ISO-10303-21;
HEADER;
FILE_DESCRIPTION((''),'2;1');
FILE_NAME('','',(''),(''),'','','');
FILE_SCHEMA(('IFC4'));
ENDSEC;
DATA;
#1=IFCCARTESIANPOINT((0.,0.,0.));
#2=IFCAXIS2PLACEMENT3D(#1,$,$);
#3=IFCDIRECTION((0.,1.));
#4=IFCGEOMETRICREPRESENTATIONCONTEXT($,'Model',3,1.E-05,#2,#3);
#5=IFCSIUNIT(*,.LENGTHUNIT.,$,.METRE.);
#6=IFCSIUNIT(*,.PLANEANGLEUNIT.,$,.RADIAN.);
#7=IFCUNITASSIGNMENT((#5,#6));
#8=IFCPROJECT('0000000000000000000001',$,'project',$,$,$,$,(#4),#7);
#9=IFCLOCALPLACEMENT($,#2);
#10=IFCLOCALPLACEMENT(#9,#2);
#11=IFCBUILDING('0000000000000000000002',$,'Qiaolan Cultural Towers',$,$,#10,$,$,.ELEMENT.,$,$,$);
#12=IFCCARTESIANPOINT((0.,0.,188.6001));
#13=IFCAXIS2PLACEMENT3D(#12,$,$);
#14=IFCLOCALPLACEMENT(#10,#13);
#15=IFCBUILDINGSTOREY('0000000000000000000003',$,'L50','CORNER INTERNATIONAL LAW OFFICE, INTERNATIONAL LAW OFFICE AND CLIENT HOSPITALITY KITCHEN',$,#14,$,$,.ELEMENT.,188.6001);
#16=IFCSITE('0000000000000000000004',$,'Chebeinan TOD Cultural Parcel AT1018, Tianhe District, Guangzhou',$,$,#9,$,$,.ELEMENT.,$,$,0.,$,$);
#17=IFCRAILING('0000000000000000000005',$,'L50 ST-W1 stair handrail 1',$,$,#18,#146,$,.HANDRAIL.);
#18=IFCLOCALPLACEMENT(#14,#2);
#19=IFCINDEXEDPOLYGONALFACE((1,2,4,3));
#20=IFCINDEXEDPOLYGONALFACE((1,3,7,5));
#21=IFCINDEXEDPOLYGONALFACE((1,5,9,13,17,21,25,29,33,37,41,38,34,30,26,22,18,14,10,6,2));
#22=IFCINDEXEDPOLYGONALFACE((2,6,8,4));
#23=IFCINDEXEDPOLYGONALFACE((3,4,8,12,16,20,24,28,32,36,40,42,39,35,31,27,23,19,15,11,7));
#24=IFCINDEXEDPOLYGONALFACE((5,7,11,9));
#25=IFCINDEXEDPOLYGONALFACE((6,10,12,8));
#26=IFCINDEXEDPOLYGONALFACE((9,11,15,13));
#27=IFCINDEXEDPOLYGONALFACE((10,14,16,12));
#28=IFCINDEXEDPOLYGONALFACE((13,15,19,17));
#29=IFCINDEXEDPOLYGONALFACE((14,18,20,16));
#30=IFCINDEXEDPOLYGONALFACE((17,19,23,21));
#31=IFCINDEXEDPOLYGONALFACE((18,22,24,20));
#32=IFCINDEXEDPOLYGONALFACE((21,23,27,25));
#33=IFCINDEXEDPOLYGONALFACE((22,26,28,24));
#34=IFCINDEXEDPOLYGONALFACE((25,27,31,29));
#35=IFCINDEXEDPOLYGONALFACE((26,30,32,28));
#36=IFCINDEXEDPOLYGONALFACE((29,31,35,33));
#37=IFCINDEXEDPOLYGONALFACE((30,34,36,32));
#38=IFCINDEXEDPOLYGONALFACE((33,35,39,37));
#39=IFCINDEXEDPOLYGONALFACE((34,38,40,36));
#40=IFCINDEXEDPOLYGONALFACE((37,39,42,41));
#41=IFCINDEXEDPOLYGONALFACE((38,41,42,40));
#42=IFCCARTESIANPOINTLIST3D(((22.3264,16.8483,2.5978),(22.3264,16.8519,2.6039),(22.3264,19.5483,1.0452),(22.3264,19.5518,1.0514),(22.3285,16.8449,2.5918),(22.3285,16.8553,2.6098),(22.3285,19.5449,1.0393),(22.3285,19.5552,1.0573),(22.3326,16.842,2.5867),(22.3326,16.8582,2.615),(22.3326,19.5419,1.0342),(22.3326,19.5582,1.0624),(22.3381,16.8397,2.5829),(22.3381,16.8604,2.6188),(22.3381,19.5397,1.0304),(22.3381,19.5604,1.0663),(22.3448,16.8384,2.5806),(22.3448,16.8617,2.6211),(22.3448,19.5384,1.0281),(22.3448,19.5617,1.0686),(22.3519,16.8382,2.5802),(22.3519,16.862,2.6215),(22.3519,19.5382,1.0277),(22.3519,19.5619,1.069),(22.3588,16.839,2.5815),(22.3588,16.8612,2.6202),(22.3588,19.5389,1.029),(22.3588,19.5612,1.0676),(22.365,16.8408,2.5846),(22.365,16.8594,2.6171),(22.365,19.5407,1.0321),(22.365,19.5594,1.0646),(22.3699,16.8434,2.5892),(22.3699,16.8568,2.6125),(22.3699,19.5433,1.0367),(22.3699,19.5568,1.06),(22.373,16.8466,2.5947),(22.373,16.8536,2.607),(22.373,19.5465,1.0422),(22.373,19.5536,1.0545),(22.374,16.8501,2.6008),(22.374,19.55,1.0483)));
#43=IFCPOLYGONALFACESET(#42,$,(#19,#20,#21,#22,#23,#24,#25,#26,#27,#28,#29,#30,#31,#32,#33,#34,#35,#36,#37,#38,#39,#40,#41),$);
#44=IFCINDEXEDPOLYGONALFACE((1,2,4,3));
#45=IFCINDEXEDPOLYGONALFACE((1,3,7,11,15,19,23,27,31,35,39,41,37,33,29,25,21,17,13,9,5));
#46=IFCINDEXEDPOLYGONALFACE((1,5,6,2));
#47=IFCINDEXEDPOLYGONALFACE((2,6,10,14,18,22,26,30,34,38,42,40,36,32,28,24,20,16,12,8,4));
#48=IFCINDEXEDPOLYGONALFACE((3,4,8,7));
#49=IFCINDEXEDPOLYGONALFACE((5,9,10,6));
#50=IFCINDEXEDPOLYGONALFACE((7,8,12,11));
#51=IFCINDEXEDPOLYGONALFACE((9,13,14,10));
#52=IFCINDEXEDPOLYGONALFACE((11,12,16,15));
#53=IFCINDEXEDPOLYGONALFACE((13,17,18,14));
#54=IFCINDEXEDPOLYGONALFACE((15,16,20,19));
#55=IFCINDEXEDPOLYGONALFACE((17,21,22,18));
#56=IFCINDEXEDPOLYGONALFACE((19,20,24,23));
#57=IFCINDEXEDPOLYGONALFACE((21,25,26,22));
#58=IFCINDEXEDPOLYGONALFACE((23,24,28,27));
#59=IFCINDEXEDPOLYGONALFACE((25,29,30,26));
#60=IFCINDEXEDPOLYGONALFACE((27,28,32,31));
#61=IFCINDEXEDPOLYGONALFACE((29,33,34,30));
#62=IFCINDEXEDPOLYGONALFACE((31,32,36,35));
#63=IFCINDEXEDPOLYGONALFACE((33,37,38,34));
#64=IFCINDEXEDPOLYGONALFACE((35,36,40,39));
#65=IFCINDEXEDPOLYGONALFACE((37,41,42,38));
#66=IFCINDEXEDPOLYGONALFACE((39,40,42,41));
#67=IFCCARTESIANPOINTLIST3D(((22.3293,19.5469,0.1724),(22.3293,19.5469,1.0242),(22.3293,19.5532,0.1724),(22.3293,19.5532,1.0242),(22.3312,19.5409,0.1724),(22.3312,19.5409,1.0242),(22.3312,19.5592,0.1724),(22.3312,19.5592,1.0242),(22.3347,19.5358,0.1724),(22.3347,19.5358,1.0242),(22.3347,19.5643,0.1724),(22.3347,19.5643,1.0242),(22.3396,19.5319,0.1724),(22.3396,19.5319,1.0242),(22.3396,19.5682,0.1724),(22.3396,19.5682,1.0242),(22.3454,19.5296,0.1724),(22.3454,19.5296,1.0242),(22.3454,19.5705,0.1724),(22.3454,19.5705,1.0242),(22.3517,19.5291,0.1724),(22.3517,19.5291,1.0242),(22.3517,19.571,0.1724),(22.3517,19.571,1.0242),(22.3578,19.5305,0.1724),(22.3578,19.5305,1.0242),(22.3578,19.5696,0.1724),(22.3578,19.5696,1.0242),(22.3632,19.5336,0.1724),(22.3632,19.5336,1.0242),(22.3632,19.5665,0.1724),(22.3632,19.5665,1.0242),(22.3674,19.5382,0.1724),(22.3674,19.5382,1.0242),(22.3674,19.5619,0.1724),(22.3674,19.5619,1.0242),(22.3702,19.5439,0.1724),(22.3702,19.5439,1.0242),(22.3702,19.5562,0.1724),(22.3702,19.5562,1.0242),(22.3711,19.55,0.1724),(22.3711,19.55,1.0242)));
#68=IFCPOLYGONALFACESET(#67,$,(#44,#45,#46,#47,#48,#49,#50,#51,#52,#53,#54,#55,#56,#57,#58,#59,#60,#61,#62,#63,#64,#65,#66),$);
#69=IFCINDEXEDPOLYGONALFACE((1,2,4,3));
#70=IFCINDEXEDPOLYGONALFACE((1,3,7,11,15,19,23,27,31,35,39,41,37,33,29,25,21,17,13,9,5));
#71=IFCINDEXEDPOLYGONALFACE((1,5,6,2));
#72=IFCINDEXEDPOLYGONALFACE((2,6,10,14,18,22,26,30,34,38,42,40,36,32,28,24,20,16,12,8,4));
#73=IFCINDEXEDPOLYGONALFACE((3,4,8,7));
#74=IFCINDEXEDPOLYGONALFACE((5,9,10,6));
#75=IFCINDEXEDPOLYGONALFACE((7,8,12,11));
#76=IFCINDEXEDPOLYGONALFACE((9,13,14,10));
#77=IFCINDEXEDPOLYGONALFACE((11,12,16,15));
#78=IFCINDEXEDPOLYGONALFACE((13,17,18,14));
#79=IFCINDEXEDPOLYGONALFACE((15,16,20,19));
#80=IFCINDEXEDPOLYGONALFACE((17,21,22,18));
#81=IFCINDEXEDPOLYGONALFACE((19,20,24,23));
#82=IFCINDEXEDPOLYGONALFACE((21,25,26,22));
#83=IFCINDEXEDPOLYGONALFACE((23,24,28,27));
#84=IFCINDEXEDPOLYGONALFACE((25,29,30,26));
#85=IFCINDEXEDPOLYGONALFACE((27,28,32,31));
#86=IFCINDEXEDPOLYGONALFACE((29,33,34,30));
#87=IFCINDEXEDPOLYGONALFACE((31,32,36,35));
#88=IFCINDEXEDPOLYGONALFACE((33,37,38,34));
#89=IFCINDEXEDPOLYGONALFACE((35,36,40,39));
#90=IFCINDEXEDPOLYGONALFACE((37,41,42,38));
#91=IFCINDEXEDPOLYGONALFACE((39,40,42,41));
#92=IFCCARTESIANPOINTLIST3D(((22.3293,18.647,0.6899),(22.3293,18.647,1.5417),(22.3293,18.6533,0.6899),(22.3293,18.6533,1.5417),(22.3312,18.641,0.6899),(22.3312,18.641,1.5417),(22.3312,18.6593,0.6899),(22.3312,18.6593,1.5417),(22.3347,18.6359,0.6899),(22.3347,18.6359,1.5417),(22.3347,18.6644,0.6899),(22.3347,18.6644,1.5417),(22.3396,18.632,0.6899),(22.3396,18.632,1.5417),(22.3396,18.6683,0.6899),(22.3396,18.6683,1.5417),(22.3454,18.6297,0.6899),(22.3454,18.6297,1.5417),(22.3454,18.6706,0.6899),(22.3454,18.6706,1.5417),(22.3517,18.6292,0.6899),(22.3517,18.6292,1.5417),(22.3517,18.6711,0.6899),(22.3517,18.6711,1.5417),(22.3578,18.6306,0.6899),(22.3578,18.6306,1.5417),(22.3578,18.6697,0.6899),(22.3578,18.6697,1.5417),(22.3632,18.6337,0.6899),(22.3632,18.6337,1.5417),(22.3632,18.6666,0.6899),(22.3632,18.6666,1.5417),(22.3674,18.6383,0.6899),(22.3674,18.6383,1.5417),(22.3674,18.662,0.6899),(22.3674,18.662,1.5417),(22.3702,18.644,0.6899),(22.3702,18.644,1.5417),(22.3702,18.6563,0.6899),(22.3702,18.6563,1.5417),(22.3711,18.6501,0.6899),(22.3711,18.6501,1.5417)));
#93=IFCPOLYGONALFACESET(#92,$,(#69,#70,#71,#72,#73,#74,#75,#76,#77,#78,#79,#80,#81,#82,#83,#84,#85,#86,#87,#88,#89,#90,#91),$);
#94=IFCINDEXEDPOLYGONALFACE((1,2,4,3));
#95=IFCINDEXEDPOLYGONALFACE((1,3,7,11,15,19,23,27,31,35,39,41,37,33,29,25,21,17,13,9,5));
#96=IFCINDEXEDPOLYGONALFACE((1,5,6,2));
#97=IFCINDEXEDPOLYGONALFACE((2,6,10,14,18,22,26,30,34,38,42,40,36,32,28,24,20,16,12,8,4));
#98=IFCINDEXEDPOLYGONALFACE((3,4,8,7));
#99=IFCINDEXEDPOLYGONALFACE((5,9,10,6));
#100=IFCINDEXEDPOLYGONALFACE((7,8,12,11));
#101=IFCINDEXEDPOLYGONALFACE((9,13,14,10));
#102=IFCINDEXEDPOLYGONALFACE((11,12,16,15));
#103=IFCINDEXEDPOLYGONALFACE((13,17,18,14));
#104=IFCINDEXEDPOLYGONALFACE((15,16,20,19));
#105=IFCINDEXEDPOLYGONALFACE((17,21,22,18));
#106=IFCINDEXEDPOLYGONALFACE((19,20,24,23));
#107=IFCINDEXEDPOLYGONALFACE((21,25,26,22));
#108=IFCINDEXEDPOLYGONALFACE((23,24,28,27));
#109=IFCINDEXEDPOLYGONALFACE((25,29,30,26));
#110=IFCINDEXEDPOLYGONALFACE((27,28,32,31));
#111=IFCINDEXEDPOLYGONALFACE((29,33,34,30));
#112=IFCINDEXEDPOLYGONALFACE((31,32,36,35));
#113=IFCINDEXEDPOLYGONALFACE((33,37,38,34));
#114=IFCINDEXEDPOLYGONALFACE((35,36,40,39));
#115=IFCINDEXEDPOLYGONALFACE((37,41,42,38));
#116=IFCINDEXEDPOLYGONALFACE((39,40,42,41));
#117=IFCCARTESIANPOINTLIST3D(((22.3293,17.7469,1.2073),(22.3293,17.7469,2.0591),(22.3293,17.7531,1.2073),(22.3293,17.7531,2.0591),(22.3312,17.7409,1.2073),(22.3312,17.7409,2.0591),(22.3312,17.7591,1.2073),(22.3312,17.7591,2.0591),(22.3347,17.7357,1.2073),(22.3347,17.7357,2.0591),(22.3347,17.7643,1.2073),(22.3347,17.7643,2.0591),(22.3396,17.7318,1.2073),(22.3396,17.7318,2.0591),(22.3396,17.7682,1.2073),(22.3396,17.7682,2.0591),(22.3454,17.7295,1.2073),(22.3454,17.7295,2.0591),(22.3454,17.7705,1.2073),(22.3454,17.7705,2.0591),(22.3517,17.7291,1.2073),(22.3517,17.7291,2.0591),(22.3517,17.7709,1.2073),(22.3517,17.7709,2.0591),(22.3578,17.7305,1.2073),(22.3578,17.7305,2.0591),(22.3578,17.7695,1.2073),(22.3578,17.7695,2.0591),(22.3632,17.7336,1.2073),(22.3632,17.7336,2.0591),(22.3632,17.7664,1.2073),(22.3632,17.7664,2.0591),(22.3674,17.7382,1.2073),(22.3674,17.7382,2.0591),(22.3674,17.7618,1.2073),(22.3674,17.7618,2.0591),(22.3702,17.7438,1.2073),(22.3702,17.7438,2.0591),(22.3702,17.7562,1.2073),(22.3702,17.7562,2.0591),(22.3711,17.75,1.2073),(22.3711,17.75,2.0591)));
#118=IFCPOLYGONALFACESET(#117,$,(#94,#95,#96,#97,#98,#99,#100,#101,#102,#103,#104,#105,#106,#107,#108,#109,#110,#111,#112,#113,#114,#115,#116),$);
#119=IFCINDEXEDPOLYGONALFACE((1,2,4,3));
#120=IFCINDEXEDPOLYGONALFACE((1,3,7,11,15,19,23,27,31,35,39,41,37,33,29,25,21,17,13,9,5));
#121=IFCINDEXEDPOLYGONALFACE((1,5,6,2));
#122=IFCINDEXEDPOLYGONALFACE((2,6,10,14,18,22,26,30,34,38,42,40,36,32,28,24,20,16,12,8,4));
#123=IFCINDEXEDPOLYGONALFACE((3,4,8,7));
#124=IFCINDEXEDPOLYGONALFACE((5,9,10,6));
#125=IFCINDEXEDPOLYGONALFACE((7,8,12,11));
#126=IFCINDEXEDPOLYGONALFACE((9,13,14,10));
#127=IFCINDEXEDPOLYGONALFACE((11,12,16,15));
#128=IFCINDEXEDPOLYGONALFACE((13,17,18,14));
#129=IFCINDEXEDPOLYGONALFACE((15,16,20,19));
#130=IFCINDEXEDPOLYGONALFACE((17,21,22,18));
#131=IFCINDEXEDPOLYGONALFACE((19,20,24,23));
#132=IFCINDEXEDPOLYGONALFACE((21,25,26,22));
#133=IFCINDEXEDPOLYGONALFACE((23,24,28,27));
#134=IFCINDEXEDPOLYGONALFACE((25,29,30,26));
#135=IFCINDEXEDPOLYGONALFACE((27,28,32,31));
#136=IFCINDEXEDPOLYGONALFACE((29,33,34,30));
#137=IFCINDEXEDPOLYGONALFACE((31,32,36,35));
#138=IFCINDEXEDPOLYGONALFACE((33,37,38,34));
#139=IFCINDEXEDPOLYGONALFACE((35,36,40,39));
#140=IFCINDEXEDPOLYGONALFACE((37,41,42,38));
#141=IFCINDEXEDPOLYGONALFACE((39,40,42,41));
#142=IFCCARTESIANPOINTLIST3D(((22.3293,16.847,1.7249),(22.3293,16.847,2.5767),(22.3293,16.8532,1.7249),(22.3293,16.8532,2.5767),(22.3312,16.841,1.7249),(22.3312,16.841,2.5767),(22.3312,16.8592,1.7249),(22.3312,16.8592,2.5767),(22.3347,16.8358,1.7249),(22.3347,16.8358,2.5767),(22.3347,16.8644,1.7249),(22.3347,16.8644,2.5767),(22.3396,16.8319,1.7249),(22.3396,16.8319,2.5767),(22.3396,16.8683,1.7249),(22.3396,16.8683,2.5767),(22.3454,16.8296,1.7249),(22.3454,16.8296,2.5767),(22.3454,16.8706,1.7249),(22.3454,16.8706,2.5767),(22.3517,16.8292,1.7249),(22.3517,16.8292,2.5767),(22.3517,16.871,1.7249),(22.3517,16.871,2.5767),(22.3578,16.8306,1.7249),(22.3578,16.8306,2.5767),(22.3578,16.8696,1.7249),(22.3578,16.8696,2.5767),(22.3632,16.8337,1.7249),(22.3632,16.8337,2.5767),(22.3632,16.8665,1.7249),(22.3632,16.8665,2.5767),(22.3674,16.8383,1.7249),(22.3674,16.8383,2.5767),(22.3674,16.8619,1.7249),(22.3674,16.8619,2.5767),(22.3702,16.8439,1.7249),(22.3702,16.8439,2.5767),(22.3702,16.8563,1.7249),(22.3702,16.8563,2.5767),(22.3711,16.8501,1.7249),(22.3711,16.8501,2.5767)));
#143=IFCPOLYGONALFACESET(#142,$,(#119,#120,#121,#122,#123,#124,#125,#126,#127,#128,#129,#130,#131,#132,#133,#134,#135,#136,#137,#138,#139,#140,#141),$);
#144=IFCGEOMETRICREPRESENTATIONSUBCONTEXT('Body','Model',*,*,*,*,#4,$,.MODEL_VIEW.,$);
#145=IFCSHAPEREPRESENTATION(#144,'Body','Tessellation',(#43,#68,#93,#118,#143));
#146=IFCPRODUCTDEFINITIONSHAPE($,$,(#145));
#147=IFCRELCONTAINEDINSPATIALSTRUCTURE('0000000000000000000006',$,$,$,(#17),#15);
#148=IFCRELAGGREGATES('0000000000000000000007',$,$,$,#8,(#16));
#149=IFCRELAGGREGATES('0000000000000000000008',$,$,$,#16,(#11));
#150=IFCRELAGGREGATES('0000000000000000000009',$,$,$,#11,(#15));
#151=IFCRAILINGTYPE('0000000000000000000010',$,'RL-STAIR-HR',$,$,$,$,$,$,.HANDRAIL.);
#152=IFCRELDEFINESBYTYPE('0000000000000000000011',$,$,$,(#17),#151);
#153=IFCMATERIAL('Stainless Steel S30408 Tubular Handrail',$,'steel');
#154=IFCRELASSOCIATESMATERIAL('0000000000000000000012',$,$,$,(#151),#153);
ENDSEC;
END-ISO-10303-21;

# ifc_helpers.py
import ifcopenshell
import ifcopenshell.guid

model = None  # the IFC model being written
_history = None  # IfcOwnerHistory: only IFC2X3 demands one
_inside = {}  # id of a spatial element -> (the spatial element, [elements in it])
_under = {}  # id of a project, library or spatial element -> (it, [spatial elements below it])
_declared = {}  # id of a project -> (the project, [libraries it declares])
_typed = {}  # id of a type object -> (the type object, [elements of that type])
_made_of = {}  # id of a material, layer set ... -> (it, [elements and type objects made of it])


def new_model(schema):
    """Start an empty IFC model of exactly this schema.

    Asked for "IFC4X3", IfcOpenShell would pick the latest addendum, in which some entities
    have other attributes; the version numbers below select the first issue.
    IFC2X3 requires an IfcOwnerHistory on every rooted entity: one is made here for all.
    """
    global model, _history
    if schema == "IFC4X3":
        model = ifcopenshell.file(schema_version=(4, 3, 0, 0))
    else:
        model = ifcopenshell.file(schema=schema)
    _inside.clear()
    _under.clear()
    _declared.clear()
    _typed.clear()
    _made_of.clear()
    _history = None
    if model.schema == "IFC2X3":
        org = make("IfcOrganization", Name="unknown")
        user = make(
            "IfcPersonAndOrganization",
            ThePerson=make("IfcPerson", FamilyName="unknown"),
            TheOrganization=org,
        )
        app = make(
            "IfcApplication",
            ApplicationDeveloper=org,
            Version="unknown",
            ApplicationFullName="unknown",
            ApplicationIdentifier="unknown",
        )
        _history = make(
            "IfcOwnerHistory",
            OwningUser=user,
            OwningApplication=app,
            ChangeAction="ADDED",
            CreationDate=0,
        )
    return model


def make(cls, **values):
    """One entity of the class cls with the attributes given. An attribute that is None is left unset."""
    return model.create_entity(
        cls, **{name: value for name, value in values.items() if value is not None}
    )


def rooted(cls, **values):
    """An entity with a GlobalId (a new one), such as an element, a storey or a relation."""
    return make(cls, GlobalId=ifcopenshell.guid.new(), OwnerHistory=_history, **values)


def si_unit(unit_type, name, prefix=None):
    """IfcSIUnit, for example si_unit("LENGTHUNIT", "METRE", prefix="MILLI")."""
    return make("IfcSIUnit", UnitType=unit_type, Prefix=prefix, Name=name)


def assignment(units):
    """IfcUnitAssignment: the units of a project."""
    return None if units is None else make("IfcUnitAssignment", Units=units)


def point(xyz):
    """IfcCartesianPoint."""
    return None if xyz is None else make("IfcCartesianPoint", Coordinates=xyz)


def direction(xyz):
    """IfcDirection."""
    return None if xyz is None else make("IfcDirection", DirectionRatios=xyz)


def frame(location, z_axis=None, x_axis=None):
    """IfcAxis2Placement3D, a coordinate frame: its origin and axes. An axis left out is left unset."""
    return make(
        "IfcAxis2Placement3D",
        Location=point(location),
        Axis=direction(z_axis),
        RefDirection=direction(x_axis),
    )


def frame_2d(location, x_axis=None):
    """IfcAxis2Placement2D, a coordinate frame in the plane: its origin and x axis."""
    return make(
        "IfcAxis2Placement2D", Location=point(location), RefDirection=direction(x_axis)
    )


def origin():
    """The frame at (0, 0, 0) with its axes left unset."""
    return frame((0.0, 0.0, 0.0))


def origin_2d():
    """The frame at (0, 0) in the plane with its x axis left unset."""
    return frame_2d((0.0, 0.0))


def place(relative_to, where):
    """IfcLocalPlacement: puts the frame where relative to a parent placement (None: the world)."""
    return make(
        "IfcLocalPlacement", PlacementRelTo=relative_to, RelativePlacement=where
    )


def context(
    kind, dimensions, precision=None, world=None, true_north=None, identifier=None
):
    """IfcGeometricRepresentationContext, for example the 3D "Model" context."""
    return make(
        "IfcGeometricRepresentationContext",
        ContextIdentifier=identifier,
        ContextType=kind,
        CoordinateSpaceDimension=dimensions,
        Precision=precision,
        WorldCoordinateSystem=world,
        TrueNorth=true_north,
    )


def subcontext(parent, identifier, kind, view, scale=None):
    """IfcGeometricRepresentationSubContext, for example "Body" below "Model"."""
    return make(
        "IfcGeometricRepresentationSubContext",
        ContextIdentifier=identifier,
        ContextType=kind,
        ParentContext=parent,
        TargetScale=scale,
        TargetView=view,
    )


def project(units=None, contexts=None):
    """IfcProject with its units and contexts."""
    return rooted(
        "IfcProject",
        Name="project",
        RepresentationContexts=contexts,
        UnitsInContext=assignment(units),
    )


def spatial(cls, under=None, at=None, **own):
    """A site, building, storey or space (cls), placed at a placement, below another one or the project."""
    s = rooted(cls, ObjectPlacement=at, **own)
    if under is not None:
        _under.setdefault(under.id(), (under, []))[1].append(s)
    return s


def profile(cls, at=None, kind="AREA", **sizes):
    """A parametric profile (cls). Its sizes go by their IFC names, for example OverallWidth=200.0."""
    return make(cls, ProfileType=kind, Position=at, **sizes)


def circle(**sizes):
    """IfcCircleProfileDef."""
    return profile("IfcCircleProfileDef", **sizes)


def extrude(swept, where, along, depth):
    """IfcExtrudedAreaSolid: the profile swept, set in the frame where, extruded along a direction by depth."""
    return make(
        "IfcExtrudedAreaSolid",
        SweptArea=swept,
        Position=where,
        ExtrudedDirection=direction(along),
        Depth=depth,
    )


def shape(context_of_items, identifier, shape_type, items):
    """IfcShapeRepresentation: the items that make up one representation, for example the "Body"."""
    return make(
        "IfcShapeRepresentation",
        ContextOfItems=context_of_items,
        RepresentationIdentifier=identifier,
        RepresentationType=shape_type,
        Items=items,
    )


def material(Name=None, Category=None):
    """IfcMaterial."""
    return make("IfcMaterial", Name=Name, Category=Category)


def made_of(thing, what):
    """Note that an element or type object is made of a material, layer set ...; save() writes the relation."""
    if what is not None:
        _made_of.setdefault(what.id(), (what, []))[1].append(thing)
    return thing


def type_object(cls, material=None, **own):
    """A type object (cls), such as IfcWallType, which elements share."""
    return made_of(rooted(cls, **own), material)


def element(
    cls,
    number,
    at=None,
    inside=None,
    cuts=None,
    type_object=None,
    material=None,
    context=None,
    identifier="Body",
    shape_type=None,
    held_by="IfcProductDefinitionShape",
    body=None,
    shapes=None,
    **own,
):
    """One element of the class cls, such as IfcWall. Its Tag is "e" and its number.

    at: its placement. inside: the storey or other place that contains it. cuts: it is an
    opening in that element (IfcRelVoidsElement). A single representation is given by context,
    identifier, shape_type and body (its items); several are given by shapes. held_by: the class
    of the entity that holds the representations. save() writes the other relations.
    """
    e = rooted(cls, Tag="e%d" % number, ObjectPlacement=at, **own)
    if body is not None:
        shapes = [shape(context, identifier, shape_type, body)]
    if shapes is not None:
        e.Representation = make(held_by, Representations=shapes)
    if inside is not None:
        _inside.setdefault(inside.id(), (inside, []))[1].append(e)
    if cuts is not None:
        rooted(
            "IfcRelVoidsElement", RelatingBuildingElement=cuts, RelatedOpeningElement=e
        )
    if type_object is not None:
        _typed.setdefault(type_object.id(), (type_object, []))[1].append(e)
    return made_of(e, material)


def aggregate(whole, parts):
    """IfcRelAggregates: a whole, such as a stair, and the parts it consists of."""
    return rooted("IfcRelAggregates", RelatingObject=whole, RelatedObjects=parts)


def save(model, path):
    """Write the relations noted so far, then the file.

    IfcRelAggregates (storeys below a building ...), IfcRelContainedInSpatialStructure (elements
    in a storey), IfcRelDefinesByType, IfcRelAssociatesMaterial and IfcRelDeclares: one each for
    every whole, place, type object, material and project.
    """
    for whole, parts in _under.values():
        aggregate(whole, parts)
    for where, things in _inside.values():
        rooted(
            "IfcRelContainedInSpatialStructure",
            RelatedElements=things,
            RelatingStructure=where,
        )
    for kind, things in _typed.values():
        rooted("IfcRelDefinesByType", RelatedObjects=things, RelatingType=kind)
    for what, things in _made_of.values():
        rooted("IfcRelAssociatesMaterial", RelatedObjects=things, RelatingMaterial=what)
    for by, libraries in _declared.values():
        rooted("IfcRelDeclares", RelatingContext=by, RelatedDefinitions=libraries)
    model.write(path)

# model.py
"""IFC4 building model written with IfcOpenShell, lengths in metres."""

from ifc_helpers import new_model, si_unit, direction, frame, origin, origin_2d, place, context, subcontext, project, spatial, circle, extrude, material, type_object, element, save


model = new_model("IFC4")

# Units and contexts
model_context = context("Model", 3, precision=1e-05, world=origin(), true_north=direction((0.0, 1.0)))
body_context = subcontext(model_context, "Body", "Model", "MODEL_VIEW")
ifc_project = project(units=[si_unit("LENGTHUNIT", "METRE"), si_unit("PLANEANGLEUNIT", "RADIAN")], contexts=[model_context])

# Site, building, storey
site_placement = place(None, origin())
site = spatial("IfcSite", under=ifc_project, at=site_placement, Name="Chebeinan TOD Cultural Parcel AT1018, Tianhe District, Guangzhou", CompositionType="ELEMENT", RefElevation=0.0)
building_placement = place(site_placement, origin())
building = spatial("IfcBuilding", under=site, at=building_placement, Name="Qiaolan Cultural Towers", CompositionType="ELEMENT")
storey_placement = place(building_placement, frame((0.0, 0.0, 188.6001)))
storey = spatial("IfcBuildingStorey", under=building, at=storey_placement, Name="L50", Description="CORNER INTERNATIONAL LAW OFFICE, INTERNATIONAL LAW OFFICE AND CLIENT HOSPITALITY KITCHEN", CompositionType="ELEMENT", Elevation=188.6001)

# Railing
ifc_material_1 = material(Name="Stainless Steel S30408 Tubular Handrail", Category="steel")
railing_type = type_object("IfcRailingType", Name="RL-STAIR-HR", PredefinedType="HANDRAIL", material=ifc_material_1)
railing_placement = place(storey_placement, frame((22.3501, 19.55, 0.1724)))
element("IfcRailing", 1, at=railing_placement, inside=storey, type_object=railing_type, Name="L50 ST-W1 stair handrail 1", PredefinedType="HANDRAIL", context=body_context, shape_type="SweptSolid", body=[
    extrude(circle(Radius=0.0239, at=origin_2d()), frame((0.0, 0.0, 0.876), z_axis=(0.0, -0.866904, 0.498476), x_axis=(1.0, 0.0, 0.0)), (0.0, 0.0, 1.0), 3.1145),
    extrude(circle(Radius=0.021, at=origin_2d()), origin(), (0.0, 0.0, 1.0), 0.8518),
    extrude(circle(Radius=0.021, at=origin_2d()), frame((0.0, -0.8999, 0.5176)), (0.0, 0.0, 1.0), 0.8518),
    extrude(circle(Radius=0.021, at=origin_2d()), frame((0.0, -1.8, 1.0349)), (0.0, 0.0, 1.0), 0.8518),
    extrude(circle(Radius=0.021, at=origin_2d()), frame((0.0, -2.7, 1.5525)), (0.0, 0.0, 1.0), 0.8518),
])

save(model, "model.ifc")
